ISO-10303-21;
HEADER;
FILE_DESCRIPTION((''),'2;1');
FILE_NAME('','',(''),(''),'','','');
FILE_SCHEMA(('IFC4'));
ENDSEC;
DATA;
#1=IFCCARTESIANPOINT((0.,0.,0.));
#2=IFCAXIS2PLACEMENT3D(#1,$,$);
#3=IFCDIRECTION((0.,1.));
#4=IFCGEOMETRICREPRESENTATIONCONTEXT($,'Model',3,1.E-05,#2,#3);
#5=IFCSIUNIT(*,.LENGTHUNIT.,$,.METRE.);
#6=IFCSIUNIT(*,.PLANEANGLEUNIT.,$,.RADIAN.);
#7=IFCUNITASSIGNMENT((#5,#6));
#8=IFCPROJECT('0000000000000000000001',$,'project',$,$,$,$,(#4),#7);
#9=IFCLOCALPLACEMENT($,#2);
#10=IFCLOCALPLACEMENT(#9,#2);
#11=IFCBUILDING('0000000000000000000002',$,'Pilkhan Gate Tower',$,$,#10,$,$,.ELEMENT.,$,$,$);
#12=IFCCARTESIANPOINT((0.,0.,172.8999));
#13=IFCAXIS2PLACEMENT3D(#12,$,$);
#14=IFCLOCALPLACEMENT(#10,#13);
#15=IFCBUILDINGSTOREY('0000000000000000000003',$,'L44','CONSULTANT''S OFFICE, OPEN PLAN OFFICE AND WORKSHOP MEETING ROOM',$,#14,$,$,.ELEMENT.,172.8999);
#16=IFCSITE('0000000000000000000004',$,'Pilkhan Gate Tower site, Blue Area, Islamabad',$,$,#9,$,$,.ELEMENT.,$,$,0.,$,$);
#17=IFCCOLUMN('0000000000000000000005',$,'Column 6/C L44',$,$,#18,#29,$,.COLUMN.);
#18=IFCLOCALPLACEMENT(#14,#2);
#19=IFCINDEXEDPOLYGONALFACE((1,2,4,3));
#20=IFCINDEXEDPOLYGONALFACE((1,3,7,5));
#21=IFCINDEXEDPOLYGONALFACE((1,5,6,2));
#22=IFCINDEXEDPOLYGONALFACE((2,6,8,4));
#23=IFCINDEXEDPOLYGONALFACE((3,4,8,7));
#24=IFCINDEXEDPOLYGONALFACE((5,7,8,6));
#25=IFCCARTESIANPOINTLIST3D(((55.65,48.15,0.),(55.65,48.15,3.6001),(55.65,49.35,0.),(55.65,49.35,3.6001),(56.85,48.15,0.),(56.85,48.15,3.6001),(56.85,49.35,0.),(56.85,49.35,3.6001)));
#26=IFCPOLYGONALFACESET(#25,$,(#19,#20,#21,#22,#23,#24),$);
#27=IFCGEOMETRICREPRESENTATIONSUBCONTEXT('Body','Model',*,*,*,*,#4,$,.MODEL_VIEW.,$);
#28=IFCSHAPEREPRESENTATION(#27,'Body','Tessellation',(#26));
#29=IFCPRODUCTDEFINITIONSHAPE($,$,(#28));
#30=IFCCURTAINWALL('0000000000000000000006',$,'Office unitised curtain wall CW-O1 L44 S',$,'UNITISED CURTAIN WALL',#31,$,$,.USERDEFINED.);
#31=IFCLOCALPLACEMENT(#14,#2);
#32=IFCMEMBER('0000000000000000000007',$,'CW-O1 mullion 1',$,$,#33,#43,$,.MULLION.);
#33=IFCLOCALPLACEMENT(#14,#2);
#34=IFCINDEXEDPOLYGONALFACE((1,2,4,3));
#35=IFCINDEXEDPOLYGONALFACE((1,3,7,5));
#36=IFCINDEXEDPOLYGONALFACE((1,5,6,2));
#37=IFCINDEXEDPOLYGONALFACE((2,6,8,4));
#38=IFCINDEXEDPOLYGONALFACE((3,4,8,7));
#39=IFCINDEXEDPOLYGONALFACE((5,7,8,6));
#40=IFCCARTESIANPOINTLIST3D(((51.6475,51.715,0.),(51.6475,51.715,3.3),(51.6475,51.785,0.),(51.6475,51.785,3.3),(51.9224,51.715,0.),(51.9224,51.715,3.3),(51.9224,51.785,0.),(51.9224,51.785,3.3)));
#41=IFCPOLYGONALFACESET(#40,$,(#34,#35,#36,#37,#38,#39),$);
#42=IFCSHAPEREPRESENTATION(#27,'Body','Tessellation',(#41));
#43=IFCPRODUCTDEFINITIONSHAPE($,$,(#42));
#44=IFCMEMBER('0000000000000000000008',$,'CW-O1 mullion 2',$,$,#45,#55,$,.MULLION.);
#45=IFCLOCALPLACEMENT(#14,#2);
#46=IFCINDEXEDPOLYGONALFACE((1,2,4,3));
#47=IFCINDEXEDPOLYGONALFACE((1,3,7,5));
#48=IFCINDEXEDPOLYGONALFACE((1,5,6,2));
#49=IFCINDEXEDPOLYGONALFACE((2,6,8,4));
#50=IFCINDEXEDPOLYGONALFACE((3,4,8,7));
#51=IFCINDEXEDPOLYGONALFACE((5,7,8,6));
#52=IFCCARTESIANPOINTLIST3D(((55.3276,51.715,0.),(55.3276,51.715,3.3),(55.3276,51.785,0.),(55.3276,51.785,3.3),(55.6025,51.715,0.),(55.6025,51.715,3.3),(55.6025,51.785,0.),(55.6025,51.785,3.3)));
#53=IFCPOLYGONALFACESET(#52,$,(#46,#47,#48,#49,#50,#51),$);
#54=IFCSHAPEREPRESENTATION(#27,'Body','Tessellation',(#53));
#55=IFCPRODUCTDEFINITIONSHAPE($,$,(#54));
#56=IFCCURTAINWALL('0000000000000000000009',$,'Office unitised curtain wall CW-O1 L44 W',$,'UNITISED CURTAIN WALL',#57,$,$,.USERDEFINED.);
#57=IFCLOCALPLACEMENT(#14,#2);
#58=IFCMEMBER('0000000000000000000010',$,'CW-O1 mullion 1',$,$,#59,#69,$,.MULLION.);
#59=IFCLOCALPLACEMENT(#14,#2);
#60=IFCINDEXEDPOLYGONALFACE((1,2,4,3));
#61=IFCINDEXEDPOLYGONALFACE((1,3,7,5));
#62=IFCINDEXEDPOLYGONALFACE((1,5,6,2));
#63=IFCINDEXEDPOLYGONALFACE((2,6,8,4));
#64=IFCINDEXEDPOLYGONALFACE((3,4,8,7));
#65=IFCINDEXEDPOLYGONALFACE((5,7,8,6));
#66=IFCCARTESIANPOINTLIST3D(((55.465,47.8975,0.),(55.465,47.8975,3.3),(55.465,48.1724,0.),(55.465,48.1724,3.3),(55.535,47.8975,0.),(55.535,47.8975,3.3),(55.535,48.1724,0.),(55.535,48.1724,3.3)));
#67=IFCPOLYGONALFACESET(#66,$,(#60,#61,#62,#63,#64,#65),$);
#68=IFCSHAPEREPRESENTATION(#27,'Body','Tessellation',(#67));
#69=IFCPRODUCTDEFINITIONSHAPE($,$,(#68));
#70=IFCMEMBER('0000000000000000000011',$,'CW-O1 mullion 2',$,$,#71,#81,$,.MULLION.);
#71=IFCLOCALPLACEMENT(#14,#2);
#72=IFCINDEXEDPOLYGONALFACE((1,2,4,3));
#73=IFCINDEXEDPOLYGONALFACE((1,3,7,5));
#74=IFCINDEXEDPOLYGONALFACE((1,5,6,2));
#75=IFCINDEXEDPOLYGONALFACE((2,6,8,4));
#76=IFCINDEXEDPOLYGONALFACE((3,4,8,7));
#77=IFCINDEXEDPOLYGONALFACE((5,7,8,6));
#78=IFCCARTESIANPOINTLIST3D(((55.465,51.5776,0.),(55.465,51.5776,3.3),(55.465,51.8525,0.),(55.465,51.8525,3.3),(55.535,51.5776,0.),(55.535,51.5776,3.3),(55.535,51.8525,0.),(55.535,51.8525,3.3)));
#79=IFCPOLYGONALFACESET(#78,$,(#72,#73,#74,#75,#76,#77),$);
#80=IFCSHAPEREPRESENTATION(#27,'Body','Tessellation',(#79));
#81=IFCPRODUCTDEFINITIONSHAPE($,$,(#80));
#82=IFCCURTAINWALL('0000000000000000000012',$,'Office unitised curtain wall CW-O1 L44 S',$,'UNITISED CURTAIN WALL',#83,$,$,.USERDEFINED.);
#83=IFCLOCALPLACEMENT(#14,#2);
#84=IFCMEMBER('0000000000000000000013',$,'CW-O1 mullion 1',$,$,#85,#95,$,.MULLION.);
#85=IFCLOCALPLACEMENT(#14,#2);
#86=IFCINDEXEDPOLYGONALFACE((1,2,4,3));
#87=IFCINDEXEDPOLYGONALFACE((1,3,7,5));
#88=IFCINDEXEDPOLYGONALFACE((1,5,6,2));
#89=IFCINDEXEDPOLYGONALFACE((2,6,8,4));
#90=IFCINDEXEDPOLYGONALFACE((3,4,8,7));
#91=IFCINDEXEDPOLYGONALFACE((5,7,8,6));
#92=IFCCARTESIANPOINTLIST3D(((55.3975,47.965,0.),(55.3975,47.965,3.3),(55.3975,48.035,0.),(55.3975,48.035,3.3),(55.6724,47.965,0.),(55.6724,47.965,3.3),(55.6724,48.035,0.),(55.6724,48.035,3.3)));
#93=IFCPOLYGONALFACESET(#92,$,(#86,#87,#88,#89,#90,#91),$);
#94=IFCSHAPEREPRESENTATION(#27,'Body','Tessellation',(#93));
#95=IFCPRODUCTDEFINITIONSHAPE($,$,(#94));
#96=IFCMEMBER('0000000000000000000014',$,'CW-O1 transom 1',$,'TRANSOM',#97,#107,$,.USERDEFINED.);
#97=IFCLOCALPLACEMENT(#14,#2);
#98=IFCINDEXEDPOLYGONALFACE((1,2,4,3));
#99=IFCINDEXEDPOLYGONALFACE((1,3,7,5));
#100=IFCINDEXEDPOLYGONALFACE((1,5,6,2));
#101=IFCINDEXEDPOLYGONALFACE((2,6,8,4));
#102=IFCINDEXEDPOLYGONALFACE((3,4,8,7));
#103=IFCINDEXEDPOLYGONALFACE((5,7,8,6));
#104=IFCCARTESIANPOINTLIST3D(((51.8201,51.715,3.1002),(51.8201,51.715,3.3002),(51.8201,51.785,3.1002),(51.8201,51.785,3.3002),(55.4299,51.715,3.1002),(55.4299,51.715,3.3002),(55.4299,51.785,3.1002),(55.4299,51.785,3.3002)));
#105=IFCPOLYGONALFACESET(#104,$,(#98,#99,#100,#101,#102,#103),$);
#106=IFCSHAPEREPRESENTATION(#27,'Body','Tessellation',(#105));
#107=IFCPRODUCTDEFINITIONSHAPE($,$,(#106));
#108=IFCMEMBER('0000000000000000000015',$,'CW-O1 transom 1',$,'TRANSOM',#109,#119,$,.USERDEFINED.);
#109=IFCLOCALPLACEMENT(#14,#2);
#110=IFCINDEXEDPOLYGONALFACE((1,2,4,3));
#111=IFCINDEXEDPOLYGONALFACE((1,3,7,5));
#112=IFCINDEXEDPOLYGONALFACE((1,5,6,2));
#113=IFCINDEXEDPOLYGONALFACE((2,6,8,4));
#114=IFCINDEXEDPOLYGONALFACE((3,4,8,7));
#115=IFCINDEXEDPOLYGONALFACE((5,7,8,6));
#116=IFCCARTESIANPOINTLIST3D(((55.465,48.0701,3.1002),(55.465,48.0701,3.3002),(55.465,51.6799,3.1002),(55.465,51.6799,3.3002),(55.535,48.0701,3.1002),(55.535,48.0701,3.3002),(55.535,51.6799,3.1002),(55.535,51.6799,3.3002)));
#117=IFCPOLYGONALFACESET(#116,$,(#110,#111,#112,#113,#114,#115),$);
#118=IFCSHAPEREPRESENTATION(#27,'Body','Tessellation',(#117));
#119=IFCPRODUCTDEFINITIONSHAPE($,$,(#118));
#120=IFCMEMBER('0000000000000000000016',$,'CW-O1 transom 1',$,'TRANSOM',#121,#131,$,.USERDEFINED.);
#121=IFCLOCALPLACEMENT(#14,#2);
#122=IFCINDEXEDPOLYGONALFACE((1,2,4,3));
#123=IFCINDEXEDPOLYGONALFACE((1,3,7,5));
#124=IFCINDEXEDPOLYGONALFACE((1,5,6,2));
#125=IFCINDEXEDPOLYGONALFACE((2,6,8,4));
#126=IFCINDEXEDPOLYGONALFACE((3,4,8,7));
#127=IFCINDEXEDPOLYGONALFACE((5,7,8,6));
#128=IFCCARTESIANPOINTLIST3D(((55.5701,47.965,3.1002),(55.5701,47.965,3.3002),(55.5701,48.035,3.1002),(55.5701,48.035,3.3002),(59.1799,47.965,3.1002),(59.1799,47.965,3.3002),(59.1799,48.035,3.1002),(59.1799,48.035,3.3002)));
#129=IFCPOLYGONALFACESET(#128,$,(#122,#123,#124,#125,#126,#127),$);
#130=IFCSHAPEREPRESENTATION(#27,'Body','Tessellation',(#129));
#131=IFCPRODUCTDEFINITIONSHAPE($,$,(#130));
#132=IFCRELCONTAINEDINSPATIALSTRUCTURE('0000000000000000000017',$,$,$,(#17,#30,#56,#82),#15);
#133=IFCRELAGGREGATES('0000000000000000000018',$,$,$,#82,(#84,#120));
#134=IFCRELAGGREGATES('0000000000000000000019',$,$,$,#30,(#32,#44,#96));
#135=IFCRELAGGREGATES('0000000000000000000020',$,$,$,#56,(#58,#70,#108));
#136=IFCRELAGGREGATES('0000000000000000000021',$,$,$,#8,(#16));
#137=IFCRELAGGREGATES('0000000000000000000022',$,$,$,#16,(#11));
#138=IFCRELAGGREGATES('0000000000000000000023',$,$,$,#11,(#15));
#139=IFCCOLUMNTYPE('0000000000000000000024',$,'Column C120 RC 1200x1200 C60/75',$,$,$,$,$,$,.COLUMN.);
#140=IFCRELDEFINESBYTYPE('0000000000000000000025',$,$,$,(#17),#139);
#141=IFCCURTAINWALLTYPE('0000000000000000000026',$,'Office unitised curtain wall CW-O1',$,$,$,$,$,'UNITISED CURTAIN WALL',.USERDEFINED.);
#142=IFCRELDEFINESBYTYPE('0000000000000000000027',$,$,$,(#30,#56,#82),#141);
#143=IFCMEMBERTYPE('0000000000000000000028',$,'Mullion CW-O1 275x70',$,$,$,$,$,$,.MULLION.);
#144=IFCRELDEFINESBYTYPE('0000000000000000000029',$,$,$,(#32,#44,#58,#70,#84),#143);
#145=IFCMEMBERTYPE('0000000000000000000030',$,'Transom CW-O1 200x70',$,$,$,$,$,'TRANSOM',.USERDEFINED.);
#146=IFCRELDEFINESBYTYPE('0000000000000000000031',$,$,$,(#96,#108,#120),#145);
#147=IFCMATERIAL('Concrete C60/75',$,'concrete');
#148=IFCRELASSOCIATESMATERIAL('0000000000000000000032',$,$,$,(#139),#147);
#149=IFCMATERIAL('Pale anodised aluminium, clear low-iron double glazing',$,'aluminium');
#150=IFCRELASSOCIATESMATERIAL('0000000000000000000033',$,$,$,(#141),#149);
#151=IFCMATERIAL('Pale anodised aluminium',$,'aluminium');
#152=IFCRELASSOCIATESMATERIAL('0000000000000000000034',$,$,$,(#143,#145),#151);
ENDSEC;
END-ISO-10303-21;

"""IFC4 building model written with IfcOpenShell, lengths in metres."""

from ifc_helpers import new_model, si_unit, direction, frame, origin, origin_2d, place, context, subcontext, project, spatial, rectangle, extrude, material, material_profile, profile_set, type_object, element, aggregate, save


model = new_model("IFC4")

# Units and contexts
model_context = context("Model", 3, precision=1e-05, world=origin(), true_north=direction((0.0, 1.0)))
body_context = subcontext(model_context, "Body", "Model", "MODEL_VIEW")
ifc_project = project(units=[si_unit("LENGTHUNIT", "METRE"), si_unit("PLANEANGLEUNIT", "RADIAN")], contexts=[model_context])

# Site, building, storey
site_placement = place(None, origin())
site = spatial("IfcSite", under=ifc_project, at=site_placement, Name="Pilkhan Gate Tower site, Blue Area, Islamabad", CompositionType="ELEMENT", RefElevation=0.0)
building_placement = place(site_placement, origin())
building = spatial("IfcBuilding", under=site, at=building_placement, Name="Pilkhan Gate Tower", CompositionType="ELEMENT")
storey_placement = place(building_placement, frame((0.0, 0.0, 172.8999)))
storey = spatial("IfcBuildingStorey", under=building, at=storey_placement, Name="L44", Description="CONSULTANT'S OFFICE, OPEN PLAN OFFICE AND WORKSHOP MEETING ROOM", CompositionType="ELEMENT", Elevation=172.8999)

# Column
ifc_material_1 = material(Name="Concrete C60/75", Category="concrete")
ifc_material_profile_1 = material_profile(ifc_material_1, rectangle(XDim=1.2, YDim=1.2, at=origin_2d()), Name="RC 1200x1200")
ifc_profile_set_1 = profile_set([ifc_material_profile_1], Name="Concrete C60/75")
column_type = type_object("IfcColumnType", Name="Column C120 RC 1200x1200 C60/75", PredefinedType="COLUMN", material=ifc_profile_set_1)
column_placement = place(storey_placement, frame((56.25, 48.75, 0.0), z_axis=(0.0, 0.0, 1.0), x_axis=(1.0, 0.0, 0.0)))
element("IfcColumn", 1, at=column_placement, inside=storey, type_object=column_type, Name="Column 6/C L44", PredefinedType="COLUMN", context=body_context, shape_type="SweptSolid", body=[
    extrude(rectangle(XDim=1.2, YDim=1.2, at=origin_2d()), origin(), (0.0, 0.0, 1.0), 3.6001),
])

# Curtain walls, members
ifc_material_2 = material(Name="Pale anodised aluminium, clear low-iron double glazing", Category="aluminium")
curtain_wall_type = type_object("IfcCurtainWallType", Name="Office unitised curtain wall CW-O1", ElementType="UNITISED CURTAIN WALL", PredefinedType="USERDEFINED", material=ifc_material_2)
curtain_wall_1_placement = place(storey_placement, origin())
curtain_wall_1 = element("IfcCurtainWall", 2, at=curtain_wall_1_placement, inside=storey, type_object=curtain_wall_type, Name="Office unitised curtain wall CW-O1 L44 S", ObjectType="UNITISED CURTAIN WALL", PredefinedType="USERDEFINED")
ifc_material_3 = material(Name="Pale anodised aluminium", Category="aluminium")
ifc_material_profile_2 = material_profile(ifc_material_3, rectangle(XDim=0.0701, YDim=0.2749, at=origin_2d()), Name="Mullion 275x70")
ifc_profile_set_2 = profile_set([ifc_material_profile_2], Name="Pale anodised aluminium")
member_type_1 = type_object("IfcMemberType", Name="Mullion CW-O1 275x70", PredefinedType="MULLION", material=ifc_profile_set_2)
member_1_placement = place(storey_placement, frame((51.7849, 51.75, 0.0), z_axis=(0.0, 0.0, 1.0), x_axis=(0.0, 1.0, 0.0)))
member_1 = element("IfcMember", 3, at=member_1_placement, type_object=member_type_1, Name="CW-O1 mullion 1", PredefinedType="MULLION", context=body_context, shape_type="SweptSolid", body=[
    extrude(rectangle(XDim=0.0701, YDim=0.2749, at=origin_2d()), origin(), (0.0, 0.0, 1.0), 3.3),
])
member_2_placement = place(storey_placement, frame((55.4651, 51.75, 0.0), z_axis=(0.0, 0.0, 1.0), x_axis=(0.0, 1.0, 0.0)))
member_2 = element("IfcMember", 4, at=member_2_placement, type_object=member_type_1, Name="CW-O1 mullion 2", PredefinedType="MULLION", context=body_context, shape_type="SweptSolid", body=[
    extrude(rectangle(XDim=0.0701, YDim=0.2749, at=origin_2d()), origin(), (0.0, 0.0, 1.0), 3.3),
])
curtain_wall_2_placement = place(storey_placement, origin())
curtain_wall_2 = element("IfcCurtainWall", 5, at=curtain_wall_2_placement, inside=storey, type_object=curtain_wall_type, Name="Office unitised curtain wall CW-O1 L44 W", ObjectType="UNITISED CURTAIN WALL", PredefinedType="USERDEFINED")
member_3_placement = place(storey_placement, frame((55.5, 48.0349, 0.0), z_axis=(0.0, 0.0, 1.0), x_axis=(-1.0, 0.0, 0.0)))
member_3 = element("IfcMember", 6, at=member_3_placement, type_object=member_type_1, Name="CW-O1 mullion 1", PredefinedType="MULLION", context=body_context, shape_type="SweptSolid", body=[
    extrude(rectangle(XDim=0.0701, YDim=0.2749, at=origin_2d()), origin(), (0.0, 0.0, 1.0), 3.3),
])
member_4_placement = place(storey_placement, frame((55.5, 51.7151, 0.0), z_axis=(0.0, 0.0, 1.0), x_axis=(-1.0, 0.0, 0.0)))
member_4 = element("IfcMember", 7, at=member_4_placement, type_object=member_type_1, Name="CW-O1 mullion 2", PredefinedType="MULLION", context=body_context, shape_type="SweptSolid", body=[
    extrude(rectangle(XDim=0.0701, YDim=0.2749, at=origin_2d()), origin(), (0.0, 0.0, 1.0), 3.3),
])

# Curtain wall, member
curtain_wall_3_placement = place(storey_placement, origin())
curtain_wall_3 = element("IfcCurtainWall", 8, at=curtain_wall_3_placement, inside=storey, type_object=curtain_wall_type, Name="Office unitised curtain wall CW-O1 L44 S", ObjectType="UNITISED CURTAIN WALL", PredefinedType="USERDEFINED")
member_5_placement = place(storey_placement, frame((55.5349, 48.0, 0.0), z_axis=(0.0, 0.0, 1.0), x_axis=(0.0, 1.0, 0.0)))
member_5 = element("IfcMember", 9, at=member_5_placement, type_object=member_type_1, Name="CW-O1 mullion 1", PredefinedType="MULLION", context=body_context, shape_type="SweptSolid", body=[
    extrude(rectangle(XDim=0.0701, YDim=0.2749, at=origin_2d()), origin(), (0.0, 0.0, 1.0), 3.3),
])

# Members
ifc_material_profile_3 = material_profile(ifc_material_3, rectangle(XDim=0.0701, YDim=0.2, at=origin_2d()), Name="Transom 200x70")
ifc_profile_set_3 = profile_set([ifc_material_profile_3], Name="Pale anodised aluminium")
member_type_2 = type_object("IfcMemberType", Name="Transom CW-O1 200x70", ElementType="TRANSOM", PredefinedType="USERDEFINED", material=ifc_profile_set_3)
member_6_placement = place(storey_placement, frame((51.8201, 51.75, 3.2002), z_axis=(1.0, 0.0, 0.0), x_axis=(0.0, 1.0, 0.0)))
member_6 = element("IfcMember", 10, at=member_6_placement, type_object=member_type_2, Name="CW-O1 transom 1", ObjectType="TRANSOM", PredefinedType="USERDEFINED", context=body_context, shape_type="SweptSolid", body=[
    extrude(rectangle(XDim=0.0701, YDim=0.2, at=origin_2d()), origin(), (0.0, 0.0, 1.0), 3.6099),
])
member_7_placement = place(storey_placement, frame((55.5, 48.0701, 3.2002), z_axis=(0.0, 1.0, 0.0), x_axis=(-1.0, 0.0, 0.0)))
member_7 = element("IfcMember", 11, at=member_7_placement, type_object=member_type_2, Name="CW-O1 transom 1", ObjectType="TRANSOM", PredefinedType="USERDEFINED", context=body_context, shape_type="SweptSolid", body=[
    extrude(rectangle(XDim=0.0701, YDim=0.2, at=origin_2d()), origin(), (0.0, 0.0, 1.0), 3.6099),
])
member_8_placement = place(storey_placement, frame((55.5701, 48.0, 3.2002), z_axis=(1.0, 0.0, 0.0), x_axis=(0.0, 1.0, 0.0)))
member_8 = element("IfcMember", 12, at=member_8_placement, type_object=member_type_2, Name="CW-O1 transom 1", ObjectType="TRANSOM", PredefinedType="USERDEFINED", context=body_context, shape_type="SweptSolid", body=[
    extrude(rectangle(XDim=0.0701, YDim=0.2, at=origin_2d()), origin(), (0.0, 0.0, 1.0), 3.6099),
])
aggregate(curtain_wall_3, [member_5, member_8])

aggregate(curtain_wall_1, [member_1, member_2, member_6])
aggregate(curtain_wall_2, [member_3, member_4, member_7])

save(model, "model.ifc")
